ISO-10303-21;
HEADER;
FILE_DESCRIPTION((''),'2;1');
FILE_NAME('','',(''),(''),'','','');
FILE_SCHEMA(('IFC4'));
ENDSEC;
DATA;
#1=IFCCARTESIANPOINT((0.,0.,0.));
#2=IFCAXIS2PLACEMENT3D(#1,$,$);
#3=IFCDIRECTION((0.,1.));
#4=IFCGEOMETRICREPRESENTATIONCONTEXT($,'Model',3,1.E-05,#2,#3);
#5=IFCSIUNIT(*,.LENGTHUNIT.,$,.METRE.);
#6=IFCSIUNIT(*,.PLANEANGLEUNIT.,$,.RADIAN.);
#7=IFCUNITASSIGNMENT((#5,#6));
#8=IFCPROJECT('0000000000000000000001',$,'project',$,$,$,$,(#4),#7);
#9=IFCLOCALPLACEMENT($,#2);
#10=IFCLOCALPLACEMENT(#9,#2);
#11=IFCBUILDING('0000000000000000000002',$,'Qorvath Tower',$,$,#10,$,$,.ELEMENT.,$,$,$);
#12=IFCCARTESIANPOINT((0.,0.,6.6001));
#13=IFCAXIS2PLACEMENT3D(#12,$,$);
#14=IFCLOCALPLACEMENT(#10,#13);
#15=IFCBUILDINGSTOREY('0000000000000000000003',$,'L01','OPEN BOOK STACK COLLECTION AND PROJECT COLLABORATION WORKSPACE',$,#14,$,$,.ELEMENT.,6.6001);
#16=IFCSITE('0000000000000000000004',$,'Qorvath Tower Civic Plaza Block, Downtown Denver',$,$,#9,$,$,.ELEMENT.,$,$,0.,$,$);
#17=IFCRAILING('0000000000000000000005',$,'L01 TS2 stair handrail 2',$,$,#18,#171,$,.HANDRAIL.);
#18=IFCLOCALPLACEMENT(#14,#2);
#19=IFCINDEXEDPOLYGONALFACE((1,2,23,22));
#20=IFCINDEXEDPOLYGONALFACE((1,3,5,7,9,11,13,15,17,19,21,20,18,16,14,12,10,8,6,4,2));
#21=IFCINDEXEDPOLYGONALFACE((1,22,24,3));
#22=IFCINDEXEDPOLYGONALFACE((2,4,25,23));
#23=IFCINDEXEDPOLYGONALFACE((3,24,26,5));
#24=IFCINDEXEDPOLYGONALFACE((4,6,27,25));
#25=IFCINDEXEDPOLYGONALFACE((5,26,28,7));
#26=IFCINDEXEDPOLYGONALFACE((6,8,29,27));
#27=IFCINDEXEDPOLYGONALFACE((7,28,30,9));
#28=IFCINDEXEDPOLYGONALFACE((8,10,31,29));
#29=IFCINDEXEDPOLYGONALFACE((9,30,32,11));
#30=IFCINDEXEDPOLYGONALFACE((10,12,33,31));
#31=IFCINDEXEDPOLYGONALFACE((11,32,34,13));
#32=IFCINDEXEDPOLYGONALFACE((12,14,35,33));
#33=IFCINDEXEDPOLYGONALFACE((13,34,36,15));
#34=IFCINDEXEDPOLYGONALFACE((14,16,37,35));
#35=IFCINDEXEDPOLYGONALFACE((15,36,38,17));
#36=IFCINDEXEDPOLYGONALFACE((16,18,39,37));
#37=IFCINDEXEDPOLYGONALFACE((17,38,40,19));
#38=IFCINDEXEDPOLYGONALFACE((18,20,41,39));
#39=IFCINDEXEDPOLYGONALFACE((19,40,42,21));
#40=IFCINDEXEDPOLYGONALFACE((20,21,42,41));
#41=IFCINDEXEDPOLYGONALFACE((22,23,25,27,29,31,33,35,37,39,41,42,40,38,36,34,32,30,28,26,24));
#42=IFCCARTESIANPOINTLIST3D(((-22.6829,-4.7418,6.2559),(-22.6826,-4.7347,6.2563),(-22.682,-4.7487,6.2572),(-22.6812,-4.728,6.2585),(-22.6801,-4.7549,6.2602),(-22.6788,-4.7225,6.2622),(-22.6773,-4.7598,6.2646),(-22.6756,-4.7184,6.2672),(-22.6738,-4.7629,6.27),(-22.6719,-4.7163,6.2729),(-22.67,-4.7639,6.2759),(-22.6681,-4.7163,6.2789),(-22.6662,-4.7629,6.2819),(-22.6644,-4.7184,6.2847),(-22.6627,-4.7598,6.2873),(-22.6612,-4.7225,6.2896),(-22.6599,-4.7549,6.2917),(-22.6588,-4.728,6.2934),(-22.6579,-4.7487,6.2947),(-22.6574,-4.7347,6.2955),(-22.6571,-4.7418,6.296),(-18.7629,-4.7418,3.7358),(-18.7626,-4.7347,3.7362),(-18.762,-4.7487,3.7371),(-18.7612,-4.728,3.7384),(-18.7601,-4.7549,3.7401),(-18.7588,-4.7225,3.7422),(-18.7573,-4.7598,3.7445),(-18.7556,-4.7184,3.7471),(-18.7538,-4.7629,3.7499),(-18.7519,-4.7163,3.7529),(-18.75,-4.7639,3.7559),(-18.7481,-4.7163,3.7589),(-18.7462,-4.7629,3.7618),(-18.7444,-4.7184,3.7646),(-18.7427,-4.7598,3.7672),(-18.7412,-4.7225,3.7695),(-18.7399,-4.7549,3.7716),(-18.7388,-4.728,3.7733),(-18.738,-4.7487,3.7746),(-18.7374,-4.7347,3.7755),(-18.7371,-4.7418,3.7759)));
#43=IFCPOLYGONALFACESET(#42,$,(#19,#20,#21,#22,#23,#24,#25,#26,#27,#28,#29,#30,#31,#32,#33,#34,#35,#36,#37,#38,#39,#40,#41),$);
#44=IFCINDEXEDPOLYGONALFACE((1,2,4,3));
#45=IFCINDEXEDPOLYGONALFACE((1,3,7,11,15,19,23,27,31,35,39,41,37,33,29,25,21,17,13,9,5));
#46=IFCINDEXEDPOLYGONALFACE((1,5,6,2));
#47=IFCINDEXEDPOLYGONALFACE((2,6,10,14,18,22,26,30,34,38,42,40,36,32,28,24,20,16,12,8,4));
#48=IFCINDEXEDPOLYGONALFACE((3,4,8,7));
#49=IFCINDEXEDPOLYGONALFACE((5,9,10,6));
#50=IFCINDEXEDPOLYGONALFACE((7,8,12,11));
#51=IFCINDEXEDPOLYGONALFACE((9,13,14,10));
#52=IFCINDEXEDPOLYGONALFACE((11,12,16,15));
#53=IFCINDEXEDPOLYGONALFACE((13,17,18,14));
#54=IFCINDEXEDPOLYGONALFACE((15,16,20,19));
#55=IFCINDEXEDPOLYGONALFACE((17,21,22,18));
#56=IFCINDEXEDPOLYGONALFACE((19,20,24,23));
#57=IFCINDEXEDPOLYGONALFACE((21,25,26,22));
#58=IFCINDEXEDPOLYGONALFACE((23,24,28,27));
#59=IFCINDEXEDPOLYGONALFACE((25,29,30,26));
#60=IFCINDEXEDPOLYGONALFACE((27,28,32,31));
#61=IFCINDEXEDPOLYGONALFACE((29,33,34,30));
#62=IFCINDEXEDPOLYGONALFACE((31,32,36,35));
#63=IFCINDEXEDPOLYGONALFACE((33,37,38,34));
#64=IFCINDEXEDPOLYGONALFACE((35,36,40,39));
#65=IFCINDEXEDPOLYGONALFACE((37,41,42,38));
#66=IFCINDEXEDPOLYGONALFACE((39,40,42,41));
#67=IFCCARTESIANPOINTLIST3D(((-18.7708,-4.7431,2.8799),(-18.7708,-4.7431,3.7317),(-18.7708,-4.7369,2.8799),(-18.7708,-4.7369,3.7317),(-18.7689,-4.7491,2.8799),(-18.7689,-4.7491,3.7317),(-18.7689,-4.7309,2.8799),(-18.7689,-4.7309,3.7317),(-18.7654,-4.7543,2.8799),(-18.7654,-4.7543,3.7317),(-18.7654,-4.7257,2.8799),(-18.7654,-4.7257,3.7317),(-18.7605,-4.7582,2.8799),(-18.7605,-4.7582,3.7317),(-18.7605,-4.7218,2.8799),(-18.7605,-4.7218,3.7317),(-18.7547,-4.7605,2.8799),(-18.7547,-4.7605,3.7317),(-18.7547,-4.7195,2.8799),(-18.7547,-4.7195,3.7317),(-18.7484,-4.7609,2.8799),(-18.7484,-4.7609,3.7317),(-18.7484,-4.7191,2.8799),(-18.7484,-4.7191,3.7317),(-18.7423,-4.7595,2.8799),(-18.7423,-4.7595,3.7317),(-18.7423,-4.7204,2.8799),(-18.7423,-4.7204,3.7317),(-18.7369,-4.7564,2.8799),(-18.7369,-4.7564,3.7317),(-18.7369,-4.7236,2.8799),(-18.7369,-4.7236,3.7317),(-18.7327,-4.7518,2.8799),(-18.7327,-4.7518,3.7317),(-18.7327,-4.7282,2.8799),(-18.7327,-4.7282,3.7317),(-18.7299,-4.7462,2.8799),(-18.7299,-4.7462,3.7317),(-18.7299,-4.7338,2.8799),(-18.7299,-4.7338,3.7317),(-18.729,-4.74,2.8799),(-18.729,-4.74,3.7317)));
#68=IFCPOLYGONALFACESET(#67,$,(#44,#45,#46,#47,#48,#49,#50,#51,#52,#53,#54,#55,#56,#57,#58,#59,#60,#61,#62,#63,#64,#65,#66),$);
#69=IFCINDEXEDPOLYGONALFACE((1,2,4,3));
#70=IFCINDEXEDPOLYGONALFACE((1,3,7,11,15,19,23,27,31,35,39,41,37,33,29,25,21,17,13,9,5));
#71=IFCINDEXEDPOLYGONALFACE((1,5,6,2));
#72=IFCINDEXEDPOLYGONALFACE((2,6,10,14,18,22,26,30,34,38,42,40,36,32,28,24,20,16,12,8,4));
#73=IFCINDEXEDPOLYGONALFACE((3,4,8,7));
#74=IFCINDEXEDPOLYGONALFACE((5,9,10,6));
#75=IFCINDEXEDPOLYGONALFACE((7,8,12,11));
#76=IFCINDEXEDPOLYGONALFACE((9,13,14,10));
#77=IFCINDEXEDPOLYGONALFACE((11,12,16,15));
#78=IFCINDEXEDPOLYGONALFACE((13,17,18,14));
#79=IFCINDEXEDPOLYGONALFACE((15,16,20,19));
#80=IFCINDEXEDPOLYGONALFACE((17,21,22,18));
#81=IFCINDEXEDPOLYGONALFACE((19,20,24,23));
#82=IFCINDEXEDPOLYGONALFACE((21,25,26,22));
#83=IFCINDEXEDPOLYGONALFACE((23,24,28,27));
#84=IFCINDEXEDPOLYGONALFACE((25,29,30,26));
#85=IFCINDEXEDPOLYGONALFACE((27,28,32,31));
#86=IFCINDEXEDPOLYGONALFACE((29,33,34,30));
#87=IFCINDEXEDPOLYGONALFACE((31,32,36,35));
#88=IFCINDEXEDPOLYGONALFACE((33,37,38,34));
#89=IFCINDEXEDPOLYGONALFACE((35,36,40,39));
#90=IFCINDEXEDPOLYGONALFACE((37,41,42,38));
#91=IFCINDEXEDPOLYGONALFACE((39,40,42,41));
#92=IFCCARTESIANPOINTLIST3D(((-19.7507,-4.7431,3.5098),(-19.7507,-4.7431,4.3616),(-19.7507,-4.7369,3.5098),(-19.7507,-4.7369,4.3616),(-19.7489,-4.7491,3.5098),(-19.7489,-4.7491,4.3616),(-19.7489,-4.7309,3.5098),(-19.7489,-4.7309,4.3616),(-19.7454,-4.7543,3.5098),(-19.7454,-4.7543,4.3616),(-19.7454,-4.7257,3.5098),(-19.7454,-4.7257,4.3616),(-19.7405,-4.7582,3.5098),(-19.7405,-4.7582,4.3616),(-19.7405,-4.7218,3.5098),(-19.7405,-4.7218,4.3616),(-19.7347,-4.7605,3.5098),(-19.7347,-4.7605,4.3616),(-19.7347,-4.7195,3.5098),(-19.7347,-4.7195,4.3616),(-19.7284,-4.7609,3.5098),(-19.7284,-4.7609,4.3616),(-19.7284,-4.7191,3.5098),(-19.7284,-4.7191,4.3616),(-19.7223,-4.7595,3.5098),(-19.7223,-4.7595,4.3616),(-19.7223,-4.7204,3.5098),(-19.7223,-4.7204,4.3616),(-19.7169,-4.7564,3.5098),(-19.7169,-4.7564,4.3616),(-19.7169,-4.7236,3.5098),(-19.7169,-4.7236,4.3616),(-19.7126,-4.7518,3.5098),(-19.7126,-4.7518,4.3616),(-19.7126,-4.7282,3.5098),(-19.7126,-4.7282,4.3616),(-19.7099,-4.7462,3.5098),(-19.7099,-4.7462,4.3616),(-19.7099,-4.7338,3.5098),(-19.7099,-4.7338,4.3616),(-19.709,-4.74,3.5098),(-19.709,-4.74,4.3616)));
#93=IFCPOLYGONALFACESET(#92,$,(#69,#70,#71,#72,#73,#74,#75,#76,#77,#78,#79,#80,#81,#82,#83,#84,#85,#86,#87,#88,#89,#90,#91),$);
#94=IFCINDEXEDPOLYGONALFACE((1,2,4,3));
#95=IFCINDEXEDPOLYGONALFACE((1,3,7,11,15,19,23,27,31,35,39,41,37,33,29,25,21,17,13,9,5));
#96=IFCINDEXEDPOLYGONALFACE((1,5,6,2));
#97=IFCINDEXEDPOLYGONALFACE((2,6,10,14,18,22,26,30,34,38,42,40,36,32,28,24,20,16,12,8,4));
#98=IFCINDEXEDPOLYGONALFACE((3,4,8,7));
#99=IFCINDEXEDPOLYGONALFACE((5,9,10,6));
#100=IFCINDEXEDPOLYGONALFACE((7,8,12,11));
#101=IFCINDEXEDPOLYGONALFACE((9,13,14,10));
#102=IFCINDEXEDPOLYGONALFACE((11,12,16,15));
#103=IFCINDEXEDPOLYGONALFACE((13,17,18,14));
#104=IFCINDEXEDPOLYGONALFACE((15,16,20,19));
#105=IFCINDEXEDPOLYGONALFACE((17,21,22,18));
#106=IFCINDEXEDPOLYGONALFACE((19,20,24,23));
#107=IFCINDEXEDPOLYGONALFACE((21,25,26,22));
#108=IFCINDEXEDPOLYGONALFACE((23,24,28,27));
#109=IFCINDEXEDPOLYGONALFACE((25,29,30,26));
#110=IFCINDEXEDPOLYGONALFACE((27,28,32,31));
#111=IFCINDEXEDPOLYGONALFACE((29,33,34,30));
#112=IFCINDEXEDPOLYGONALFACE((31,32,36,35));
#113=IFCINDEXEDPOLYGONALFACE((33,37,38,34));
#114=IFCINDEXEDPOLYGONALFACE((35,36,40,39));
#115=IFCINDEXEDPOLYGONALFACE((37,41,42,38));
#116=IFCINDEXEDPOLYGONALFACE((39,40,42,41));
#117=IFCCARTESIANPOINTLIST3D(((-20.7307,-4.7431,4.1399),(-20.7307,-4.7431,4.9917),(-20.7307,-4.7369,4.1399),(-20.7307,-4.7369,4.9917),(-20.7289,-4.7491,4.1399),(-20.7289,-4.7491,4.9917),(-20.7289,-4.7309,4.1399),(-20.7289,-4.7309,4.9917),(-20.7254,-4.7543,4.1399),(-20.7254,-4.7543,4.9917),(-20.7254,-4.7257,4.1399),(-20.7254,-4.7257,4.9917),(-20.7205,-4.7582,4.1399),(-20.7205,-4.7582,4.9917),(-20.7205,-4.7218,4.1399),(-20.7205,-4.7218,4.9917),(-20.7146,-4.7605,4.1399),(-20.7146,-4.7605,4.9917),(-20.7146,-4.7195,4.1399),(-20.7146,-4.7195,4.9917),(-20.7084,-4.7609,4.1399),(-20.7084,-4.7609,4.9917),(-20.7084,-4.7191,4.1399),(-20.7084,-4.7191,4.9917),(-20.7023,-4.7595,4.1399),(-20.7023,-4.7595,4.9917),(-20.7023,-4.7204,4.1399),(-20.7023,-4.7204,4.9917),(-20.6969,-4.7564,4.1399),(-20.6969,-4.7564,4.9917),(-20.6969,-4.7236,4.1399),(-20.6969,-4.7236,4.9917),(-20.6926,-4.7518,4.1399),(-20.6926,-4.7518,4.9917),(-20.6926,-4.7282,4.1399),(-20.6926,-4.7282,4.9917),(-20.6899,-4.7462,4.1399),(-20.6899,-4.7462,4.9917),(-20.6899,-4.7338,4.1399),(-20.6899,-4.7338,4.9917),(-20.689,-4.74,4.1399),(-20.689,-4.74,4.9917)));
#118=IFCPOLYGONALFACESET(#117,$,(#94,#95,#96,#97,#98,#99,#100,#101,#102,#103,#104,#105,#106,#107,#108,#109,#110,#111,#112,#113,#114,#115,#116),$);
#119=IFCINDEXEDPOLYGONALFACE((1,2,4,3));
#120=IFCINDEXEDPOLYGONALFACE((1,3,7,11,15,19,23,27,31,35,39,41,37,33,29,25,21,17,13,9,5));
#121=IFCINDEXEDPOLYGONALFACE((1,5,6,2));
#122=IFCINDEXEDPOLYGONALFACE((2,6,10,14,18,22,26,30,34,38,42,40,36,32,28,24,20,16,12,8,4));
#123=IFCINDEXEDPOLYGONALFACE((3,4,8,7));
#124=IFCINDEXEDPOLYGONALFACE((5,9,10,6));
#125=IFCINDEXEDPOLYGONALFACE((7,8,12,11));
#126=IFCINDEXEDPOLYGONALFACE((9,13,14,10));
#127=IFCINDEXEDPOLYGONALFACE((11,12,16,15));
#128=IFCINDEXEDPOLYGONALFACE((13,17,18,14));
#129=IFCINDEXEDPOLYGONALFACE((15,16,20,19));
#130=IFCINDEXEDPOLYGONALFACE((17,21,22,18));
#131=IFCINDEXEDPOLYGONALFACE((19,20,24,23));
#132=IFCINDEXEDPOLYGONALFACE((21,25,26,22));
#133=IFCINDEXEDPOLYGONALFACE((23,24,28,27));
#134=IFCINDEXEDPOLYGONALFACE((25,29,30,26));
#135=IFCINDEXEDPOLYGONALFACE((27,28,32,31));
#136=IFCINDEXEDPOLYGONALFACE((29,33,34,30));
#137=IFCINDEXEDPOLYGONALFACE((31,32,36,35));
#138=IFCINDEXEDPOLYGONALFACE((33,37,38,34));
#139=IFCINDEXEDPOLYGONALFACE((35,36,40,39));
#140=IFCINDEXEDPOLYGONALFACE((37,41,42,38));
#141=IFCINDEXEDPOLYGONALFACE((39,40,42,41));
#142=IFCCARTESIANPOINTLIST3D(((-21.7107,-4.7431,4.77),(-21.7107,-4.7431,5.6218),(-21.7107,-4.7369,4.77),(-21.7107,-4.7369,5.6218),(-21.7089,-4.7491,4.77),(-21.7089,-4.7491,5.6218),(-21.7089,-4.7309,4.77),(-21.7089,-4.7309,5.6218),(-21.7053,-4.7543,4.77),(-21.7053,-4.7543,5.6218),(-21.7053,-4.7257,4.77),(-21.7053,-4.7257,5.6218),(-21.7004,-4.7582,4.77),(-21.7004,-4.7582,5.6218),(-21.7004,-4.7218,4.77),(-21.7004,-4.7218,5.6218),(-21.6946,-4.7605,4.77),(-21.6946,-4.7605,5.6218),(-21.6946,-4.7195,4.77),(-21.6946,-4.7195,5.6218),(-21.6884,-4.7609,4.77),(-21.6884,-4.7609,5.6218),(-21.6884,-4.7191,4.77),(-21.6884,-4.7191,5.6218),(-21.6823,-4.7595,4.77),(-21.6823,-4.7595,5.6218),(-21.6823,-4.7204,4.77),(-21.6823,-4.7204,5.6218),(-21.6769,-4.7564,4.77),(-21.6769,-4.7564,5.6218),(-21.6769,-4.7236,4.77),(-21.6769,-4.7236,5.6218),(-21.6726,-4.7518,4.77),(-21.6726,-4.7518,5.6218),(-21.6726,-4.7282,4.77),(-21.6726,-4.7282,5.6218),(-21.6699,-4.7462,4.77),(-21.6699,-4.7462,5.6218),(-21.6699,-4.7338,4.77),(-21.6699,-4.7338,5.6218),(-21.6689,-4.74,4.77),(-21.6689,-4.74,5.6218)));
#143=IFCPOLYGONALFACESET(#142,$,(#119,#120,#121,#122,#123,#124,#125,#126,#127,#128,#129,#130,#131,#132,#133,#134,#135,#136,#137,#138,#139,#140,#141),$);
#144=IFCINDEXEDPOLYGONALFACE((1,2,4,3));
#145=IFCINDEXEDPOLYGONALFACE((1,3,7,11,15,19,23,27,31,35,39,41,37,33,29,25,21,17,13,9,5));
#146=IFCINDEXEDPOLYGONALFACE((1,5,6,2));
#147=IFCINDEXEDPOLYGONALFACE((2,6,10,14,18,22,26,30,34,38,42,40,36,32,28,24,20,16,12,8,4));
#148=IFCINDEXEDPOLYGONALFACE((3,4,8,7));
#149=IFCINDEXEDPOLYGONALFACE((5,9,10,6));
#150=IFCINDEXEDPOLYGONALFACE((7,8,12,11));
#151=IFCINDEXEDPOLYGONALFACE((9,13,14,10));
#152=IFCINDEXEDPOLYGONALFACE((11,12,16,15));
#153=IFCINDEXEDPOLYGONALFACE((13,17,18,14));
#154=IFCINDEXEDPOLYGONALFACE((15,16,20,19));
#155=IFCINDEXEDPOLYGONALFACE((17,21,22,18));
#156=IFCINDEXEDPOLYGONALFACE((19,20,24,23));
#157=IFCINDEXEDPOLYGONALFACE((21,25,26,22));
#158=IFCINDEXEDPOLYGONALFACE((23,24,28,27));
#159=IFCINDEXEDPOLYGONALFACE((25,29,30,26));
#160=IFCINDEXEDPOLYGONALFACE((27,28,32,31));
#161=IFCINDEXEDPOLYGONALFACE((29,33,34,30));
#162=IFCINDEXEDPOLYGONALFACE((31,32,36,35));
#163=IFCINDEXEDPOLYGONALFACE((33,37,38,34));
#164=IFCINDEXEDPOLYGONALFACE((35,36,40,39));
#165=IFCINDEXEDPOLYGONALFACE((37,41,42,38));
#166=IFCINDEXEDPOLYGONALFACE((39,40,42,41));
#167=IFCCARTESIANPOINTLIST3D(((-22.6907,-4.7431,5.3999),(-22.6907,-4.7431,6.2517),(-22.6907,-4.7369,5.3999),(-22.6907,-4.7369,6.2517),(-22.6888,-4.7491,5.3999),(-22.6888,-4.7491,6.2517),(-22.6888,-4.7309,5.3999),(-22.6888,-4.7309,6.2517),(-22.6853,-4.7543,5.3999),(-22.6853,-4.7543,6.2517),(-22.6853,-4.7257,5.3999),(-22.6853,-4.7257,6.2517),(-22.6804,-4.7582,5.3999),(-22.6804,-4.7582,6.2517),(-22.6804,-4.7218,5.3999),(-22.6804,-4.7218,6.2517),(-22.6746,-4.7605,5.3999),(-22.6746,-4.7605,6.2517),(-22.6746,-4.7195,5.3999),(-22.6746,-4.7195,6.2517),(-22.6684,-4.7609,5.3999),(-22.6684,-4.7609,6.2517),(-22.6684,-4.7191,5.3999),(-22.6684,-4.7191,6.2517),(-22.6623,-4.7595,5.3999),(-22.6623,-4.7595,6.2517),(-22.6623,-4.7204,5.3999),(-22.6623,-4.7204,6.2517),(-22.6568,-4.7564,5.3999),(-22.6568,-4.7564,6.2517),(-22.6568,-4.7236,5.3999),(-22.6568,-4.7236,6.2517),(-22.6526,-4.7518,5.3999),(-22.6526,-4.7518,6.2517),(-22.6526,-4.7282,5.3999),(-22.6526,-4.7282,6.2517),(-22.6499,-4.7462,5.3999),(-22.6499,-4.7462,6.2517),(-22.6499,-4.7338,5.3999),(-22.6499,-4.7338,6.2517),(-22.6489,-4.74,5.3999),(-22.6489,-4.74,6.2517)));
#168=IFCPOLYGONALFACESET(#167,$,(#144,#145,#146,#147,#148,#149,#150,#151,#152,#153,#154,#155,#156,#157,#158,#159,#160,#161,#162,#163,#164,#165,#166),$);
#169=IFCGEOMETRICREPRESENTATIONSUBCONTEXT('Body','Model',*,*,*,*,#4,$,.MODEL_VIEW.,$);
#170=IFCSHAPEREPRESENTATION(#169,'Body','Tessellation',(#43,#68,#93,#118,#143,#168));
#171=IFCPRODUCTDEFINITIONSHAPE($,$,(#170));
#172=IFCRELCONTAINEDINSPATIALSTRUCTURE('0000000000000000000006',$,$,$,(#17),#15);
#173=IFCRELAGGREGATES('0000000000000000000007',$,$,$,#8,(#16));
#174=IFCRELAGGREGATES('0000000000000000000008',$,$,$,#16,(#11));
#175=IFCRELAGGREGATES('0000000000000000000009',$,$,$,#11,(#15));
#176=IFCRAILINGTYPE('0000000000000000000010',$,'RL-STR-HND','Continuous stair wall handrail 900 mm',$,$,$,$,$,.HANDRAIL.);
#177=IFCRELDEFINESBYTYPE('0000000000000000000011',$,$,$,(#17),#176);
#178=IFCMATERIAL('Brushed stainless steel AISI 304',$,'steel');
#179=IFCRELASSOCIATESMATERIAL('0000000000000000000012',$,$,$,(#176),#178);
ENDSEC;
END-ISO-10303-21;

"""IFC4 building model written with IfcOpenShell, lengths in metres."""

from ifc_helpers import new_model, si_unit, direction, frame, origin, origin_2d, place, context, subcontext, project, spatial, circle, extrude, material, type_object, element, save


model = new_model("IFC4")

# Units and contexts
model_context = context("Model", 3, precision=1e-05, world=origin(), true_north=direction((0.0, 1.0)))
body_context = subcontext(model_context, "Body", "Model", "MODEL_VIEW")
ifc_project = project(units=[si_unit("LENGTHUNIT", "METRE"), si_unit("PLANEANGLEUNIT", "RADIAN")], contexts=[model_context])

# Site, building, storey
site_placement = place(None, origin())
site = spatial("IfcSite", under=ifc_project, at=site_placement, Name="Qorvath Tower Civic Plaza Block, Downtown Denver", CompositionType="ELEMENT", RefElevation=0.0)
building_placement = place(site_placement, origin())
building = spatial("IfcBuilding", under=site, at=building_placement, Name="Qorvath Tower", CompositionType="ELEMENT")
storey_placement = place(building_placement, frame((0.0, 0.0, 6.6001)))
storey = spatial("IfcBuildingStorey", under=building, at=storey_placement, Name="L01", Description="OPEN BOOK STACK COLLECTION AND PROJECT COLLABORATION WORKSPACE", CompositionType="ELEMENT", Elevation=6.6001)

# Railing
ifc_material_1 = material(Name="Brushed stainless steel AISI 304", Category="steel")
railing_type_1 = type_object("IfcRailingType", Name="RL-STR-HND", Description="Continuous stair wall handrail 900 mm", PredefinedType="HANDRAIL", material=ifc_material_1)
railing_1_placement = place(storey_placement, frame((-18.75, -4.74, 2.8799)))
element("IfcRailing", 1, at=railing_1_placement, inside=storey, type_object=railing_type_1, Name="L01 TS2 stair handrail 2", PredefinedType="HANDRAIL", context=body_context, shape_type="SweptSolid", body=[
    extrude(circle(Radius=0.0239, at=origin_2d()), frame((0.0, 0.0, 0.876), z_axis=(-0.841172, 0.0, 0.540768), x_axis=(0.0, -1.0, 0.0)), (0.0, 0.0, 1.0), 4.6602),
    extrude(circle(Radius=0.021, at=origin_2d()), origin(), (0.0, 0.0, 1.0), 0.8518),
    extrude(circle(Radius=0.021, at=origin_2d()), frame((-0.98, 0.0, 0.6299)), (0.0, 0.0, 1.0), 0.8518),
    extrude(circle(Radius=0.021, at=origin_2d()), frame((-1.96, 0.0, 1.26)), (0.0, 0.0, 1.0), 0.8518),
    extrude(circle(Radius=0.021, at=origin_2d()), frame((-2.9399, 0.0, 1.8901)), (0.0, 0.0, 1.0), 0.8518),
    extrude(circle(Radius=0.021, at=origin_2d()), frame((-3.9199, 0.0, 2.52)), (0.0, 0.0, 1.0), 0.8518),
])

save(model, "model.ifc")
